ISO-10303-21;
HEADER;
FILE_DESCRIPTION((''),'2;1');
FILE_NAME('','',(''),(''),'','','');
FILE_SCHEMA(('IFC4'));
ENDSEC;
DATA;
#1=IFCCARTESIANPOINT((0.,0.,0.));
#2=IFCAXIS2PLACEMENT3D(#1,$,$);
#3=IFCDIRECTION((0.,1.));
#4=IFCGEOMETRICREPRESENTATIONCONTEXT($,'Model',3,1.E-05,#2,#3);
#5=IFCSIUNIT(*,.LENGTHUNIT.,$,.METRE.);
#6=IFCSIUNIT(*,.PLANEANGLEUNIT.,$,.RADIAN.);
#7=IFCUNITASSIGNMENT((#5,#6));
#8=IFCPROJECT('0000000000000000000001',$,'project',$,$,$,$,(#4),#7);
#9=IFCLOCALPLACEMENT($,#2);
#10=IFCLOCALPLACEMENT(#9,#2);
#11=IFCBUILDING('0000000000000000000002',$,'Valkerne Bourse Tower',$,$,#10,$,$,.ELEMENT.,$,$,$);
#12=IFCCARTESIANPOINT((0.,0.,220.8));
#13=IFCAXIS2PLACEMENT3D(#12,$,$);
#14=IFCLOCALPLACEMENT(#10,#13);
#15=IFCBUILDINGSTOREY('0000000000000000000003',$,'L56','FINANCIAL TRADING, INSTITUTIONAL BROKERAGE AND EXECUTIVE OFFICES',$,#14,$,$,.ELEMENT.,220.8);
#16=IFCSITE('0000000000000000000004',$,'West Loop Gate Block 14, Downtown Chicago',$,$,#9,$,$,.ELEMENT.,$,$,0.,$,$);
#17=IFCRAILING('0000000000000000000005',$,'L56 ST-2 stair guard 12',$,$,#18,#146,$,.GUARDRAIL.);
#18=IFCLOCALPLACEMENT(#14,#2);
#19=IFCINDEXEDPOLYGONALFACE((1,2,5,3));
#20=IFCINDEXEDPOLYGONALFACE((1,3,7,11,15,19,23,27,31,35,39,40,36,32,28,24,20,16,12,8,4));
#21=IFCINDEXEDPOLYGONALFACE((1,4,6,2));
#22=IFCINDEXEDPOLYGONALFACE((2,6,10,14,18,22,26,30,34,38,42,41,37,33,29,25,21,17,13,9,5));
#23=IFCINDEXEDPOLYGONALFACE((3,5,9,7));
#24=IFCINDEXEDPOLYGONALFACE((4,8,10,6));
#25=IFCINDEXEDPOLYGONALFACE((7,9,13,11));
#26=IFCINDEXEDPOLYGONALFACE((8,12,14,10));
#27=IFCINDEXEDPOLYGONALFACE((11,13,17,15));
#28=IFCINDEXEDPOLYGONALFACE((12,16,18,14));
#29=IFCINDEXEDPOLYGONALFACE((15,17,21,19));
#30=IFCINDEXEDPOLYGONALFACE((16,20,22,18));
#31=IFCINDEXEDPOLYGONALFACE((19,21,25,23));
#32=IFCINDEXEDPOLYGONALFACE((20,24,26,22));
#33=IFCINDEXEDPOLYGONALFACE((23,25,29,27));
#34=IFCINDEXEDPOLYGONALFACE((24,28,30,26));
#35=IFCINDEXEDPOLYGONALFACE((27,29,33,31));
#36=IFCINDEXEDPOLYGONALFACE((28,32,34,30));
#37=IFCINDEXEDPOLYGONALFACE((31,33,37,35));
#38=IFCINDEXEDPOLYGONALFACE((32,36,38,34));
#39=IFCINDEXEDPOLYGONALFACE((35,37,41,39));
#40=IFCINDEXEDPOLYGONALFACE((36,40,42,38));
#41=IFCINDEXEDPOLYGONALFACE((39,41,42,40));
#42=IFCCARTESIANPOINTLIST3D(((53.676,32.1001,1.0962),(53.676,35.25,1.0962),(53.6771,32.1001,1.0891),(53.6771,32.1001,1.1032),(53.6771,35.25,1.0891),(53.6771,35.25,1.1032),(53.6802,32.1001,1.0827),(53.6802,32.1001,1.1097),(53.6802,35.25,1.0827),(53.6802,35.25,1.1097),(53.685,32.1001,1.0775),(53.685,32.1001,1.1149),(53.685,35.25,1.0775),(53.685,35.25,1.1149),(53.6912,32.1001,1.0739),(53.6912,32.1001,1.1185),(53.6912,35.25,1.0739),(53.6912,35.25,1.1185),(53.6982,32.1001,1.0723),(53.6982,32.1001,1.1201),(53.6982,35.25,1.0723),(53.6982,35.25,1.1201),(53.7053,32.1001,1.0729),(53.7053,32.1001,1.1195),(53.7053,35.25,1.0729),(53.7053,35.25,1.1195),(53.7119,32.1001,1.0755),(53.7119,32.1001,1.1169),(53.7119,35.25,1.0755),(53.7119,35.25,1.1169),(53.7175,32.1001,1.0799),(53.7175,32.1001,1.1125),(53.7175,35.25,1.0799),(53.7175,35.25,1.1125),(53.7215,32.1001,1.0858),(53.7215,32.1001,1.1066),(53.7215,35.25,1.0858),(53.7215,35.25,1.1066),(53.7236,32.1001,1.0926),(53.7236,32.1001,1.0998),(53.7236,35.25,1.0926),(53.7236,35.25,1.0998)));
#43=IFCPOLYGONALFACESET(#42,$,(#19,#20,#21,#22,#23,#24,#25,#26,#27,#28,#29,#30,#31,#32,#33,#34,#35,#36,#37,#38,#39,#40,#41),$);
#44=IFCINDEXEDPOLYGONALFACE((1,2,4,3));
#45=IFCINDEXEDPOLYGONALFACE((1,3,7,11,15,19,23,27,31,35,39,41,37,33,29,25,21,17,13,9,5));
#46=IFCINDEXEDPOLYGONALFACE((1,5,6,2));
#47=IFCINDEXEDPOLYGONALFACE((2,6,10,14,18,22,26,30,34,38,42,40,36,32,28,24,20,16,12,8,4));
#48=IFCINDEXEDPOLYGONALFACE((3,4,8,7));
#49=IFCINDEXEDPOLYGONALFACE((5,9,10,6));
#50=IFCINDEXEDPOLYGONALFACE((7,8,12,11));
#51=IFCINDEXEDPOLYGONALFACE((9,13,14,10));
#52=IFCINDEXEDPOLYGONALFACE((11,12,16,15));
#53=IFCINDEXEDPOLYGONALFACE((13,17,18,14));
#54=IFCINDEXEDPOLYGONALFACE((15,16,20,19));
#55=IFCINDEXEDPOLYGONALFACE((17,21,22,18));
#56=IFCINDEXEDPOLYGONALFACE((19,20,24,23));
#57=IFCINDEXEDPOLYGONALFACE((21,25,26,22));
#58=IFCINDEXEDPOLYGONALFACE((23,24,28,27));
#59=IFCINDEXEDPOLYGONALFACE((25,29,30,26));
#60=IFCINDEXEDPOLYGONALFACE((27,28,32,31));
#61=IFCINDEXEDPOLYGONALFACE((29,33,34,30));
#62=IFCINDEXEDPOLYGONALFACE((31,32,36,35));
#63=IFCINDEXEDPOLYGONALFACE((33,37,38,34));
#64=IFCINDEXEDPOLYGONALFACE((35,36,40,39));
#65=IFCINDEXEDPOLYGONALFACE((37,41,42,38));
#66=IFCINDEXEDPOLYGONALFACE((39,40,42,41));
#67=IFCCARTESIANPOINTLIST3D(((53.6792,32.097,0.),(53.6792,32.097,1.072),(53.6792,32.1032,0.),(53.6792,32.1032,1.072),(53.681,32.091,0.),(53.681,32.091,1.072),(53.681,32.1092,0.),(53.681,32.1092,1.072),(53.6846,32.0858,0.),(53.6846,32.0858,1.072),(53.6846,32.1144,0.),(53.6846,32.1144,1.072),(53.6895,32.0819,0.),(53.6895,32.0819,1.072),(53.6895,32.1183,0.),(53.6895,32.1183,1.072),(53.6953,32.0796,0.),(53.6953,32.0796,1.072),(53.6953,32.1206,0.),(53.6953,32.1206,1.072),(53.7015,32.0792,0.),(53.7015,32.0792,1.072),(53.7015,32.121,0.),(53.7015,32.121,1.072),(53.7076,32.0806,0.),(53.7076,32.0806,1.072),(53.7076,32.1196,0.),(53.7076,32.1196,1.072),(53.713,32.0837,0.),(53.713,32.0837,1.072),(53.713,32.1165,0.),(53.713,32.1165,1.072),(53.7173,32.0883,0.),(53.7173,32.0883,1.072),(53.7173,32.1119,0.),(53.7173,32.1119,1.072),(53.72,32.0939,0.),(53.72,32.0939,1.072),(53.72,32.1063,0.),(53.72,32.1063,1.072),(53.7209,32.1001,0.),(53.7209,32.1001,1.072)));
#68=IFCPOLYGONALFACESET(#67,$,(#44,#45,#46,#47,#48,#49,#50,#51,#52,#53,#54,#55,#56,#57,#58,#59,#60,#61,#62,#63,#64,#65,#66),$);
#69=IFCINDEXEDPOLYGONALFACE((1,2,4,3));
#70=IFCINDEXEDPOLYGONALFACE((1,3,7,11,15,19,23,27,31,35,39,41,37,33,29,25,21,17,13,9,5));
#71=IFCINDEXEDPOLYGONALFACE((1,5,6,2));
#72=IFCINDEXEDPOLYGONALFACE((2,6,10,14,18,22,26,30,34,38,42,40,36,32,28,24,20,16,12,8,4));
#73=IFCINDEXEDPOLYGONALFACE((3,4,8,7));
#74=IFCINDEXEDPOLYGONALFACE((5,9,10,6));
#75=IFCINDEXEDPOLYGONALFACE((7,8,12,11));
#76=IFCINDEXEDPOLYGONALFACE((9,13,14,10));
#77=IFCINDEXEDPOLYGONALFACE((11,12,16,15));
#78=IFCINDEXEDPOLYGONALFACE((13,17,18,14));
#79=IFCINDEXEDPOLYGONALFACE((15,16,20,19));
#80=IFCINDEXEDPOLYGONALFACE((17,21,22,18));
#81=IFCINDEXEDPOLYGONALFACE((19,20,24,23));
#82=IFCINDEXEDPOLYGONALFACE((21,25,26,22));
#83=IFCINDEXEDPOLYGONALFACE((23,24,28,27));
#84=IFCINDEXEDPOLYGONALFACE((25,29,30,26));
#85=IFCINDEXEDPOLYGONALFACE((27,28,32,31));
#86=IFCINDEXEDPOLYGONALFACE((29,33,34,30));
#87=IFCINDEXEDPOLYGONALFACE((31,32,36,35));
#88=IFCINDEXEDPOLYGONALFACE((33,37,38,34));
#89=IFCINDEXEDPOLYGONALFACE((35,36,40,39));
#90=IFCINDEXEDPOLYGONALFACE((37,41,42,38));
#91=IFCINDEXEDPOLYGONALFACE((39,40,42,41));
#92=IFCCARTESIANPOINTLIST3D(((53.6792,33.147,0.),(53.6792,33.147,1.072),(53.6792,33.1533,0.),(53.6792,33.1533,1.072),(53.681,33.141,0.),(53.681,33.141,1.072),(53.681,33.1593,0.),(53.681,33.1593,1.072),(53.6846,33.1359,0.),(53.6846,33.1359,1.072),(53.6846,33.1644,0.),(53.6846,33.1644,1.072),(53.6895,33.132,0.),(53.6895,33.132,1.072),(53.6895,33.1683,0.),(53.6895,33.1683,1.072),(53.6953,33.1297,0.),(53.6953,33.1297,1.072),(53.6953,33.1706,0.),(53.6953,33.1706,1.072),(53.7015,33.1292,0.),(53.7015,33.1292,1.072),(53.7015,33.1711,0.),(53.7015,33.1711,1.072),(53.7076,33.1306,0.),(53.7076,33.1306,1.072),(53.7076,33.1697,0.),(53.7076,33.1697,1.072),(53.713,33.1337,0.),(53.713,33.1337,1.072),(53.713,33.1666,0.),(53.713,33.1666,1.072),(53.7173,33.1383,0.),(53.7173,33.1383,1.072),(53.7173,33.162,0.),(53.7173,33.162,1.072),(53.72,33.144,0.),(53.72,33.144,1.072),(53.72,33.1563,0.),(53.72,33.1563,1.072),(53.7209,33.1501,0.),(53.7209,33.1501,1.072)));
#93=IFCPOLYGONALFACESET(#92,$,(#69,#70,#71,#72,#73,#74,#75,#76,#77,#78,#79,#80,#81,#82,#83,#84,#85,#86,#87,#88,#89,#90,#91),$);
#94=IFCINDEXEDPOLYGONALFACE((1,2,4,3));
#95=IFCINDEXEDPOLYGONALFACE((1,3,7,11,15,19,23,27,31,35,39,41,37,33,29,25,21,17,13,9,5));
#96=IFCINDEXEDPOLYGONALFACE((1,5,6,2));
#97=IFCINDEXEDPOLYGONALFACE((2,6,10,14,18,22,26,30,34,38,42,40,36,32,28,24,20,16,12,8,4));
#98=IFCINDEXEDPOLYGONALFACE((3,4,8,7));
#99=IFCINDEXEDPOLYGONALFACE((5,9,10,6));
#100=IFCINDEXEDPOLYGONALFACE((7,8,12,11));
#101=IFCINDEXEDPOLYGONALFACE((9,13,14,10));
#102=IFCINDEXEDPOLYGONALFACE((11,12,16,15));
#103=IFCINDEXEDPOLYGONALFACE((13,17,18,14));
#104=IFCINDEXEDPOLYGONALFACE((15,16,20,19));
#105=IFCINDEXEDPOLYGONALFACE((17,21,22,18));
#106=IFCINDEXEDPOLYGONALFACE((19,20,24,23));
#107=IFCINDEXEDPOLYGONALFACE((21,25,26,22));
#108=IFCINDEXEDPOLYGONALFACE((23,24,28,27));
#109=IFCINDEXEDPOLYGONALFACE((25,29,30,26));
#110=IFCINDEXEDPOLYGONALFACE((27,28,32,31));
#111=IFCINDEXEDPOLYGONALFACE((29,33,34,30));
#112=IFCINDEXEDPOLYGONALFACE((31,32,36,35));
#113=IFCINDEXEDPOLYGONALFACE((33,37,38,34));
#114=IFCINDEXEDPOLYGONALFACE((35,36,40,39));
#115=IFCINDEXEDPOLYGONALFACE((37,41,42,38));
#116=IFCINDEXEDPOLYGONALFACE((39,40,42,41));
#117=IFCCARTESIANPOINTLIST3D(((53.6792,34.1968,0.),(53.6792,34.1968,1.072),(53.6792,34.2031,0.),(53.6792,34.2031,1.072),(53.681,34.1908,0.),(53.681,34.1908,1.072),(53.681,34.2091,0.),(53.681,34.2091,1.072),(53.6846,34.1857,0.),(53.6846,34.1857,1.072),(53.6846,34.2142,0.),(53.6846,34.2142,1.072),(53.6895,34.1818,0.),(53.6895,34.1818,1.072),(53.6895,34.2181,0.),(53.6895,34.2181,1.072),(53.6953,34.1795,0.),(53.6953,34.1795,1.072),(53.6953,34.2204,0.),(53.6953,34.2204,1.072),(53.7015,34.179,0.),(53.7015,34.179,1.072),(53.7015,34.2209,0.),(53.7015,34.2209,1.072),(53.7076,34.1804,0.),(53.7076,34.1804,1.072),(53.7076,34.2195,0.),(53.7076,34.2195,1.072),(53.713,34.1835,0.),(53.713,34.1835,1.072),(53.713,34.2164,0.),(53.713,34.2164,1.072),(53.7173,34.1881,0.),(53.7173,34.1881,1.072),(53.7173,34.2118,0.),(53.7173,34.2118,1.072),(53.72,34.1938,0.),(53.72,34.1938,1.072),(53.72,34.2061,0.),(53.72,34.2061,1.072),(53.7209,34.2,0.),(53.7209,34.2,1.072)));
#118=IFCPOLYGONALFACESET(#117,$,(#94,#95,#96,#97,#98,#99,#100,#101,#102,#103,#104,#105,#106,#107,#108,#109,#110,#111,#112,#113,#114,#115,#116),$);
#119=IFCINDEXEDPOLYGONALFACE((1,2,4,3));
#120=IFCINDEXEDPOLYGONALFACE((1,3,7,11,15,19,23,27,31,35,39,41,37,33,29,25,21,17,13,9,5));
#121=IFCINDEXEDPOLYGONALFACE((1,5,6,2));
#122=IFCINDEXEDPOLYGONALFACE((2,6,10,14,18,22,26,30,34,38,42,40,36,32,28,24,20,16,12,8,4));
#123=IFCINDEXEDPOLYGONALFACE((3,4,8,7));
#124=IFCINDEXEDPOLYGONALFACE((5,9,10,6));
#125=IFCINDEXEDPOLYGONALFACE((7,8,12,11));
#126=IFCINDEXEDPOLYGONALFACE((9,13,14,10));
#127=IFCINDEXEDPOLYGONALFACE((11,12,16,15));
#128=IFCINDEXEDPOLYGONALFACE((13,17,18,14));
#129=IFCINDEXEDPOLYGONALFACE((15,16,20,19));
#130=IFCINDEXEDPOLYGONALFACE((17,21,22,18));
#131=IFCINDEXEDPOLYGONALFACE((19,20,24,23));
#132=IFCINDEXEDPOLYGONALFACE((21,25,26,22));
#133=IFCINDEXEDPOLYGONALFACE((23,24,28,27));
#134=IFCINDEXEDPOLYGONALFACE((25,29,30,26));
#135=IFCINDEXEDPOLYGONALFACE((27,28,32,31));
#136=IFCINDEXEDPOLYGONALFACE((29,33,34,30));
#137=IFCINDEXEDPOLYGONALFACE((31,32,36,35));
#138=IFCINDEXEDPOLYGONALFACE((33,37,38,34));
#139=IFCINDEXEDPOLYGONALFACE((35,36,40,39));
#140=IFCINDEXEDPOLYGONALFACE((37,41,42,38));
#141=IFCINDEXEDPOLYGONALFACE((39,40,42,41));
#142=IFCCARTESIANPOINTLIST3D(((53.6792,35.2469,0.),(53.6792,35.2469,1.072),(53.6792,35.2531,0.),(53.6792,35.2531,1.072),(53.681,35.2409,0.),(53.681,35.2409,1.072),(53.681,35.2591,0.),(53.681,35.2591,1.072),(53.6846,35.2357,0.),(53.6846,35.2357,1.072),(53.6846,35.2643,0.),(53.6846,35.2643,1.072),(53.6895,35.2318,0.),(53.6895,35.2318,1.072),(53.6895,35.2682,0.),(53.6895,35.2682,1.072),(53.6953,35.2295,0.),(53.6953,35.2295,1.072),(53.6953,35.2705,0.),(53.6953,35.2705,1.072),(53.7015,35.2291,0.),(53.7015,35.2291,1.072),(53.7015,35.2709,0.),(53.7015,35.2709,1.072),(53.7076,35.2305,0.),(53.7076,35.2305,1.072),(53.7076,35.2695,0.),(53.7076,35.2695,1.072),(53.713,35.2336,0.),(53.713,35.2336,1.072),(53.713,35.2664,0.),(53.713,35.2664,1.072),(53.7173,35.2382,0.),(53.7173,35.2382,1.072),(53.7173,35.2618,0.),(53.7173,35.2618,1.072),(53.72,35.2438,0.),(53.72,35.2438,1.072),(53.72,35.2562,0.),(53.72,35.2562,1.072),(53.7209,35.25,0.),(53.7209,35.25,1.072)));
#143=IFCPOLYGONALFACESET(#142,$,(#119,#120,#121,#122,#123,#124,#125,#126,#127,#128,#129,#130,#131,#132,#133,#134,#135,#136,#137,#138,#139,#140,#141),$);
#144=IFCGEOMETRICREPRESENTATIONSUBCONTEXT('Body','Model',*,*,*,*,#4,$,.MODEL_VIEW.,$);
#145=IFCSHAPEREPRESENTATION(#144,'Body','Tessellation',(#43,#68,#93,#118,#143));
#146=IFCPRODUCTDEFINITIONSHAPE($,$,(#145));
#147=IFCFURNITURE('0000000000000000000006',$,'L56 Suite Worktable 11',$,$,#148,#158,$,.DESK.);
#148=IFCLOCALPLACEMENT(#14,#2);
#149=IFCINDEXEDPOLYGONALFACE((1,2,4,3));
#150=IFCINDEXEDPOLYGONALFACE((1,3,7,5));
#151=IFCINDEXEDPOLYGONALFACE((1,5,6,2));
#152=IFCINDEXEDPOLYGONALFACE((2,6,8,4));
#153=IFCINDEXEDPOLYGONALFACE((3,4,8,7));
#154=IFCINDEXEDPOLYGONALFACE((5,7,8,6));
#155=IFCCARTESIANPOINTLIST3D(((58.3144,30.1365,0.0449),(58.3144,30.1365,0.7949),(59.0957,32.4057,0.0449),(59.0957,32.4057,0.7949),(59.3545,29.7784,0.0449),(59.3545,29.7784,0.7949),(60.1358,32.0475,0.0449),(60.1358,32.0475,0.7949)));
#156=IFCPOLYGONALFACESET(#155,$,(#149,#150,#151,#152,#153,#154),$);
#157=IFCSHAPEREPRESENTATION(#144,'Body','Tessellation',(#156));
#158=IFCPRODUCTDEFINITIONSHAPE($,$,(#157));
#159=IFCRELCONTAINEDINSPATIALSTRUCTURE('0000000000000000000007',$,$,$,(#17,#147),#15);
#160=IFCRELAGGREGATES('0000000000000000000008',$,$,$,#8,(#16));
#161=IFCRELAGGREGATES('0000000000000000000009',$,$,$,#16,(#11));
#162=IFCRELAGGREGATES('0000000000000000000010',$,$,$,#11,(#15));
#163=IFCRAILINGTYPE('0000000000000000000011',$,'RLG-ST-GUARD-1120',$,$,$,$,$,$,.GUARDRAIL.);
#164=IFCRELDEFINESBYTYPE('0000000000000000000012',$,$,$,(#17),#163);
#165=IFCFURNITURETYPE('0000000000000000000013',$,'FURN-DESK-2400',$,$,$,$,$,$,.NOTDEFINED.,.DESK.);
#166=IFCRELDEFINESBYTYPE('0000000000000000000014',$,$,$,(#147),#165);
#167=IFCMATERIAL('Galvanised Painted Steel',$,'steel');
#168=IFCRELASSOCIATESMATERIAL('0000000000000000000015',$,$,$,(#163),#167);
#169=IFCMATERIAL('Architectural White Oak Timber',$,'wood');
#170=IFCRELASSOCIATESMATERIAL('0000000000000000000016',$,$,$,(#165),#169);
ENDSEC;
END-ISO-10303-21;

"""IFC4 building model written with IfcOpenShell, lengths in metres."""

from ifc_helpers import new_model, si_unit, direction, frame, origin, origin_2d, place, context, subcontext, project, spatial, rectangle, circle, extrude, material, type_object, element, save


model = new_model("IFC4")

# Units and contexts
model_context = context("Model", 3, precision=1e-05, world=origin(), true_north=direction((0.0, 1.0)))
body_context = subcontext(model_context, "Body", "Model", "MODEL_VIEW")
ifc_project = project(units=[si_unit("LENGTHUNIT", "METRE"), si_unit("PLANEANGLEUNIT", "RADIAN")], contexts=[model_context])

# Site, building, storey
site_placement = place(None, origin())
site = spatial("IfcSite", under=ifc_project, at=site_placement, Name="West Loop Gate Block 14, Downtown Chicago", CompositionType="ELEMENT", RefElevation=0.0)
building_placement = place(site_placement, origin())
building = spatial("IfcBuilding", under=site, at=building_placement, Name="Valkerne Bourse Tower", CompositionType="ELEMENT")
storey_placement = place(building_placement, frame((0.0, 0.0, 220.8)))
storey = spatial("IfcBuildingStorey", under=building, at=storey_placement, Name="L56", Description="FINANCIAL TRADING, INSTITUTIONAL BROKERAGE AND EXECUTIVE OFFICES", CompositionType="ELEMENT", Elevation=220.8)

# Shared definitions
ifc_material_1 = material(Name="Architectural White Oak Timber", Category="wood")

# Railing
ifc_material_2 = material(Name="Galvanised Painted Steel", Category="steel")
railing_type = type_object("IfcRailingType", Name="RLG-ST-GUARD-1120", PredefinedType="GUARDRAIL", material=ifc_material_2)
railing_1_placement = place(storey_placement, frame((53.7, 32.1001, 0.0)))
element("IfcRailing", 1, at=railing_1_placement, inside=storey, type_object=railing_type, Name="L56 ST-2 stair guard 12", PredefinedType="GUARDRAIL", context=body_context, shape_type="SweptSolid", body=[
    extrude(circle(Radius=0.0239, at=origin_2d()), frame((0.0, 0.0, 1.0962), z_axis=(0.0, 1.0, 0.0), x_axis=(-1.0, 0.0, 0.0)), (0.0, 0.0, 1.0), 3.1499),
    extrude(circle(Radius=0.021, at=origin_2d()), origin(), (0.0, 0.0, 1.0), 1.072),
    extrude(circle(Radius=0.021, at=origin_2d()), frame((0.0, 1.05, 0.0)), (0.0, 0.0, 1.0), 1.072),
    extrude(circle(Radius=0.021, at=origin_2d()), frame((0.0, 2.0999, 0.0)), (0.0, 0.0, 1.0), 1.072),
    extrude(circle(Radius=0.021, at=origin_2d()), frame((0.0, 3.1499, 0.0)), (0.0, 0.0, 1.0), 1.072),
])

# Furniture
furniture_type = type_object("IfcFurnitureType", Name="FURN-DESK-2400", AssemblyPlace="NOTDEFINED", PredefinedType="DESK", material=ifc_material_1)
furniture_placement = place(storey_placement, frame((59.2251, 31.092, 0.0449), z_axis=(0.0, 0.0, 1.0), x_axis=(0.325568, 0.945519, 0.0)))
element("IfcFurniture", 2, at=furniture_placement, inside=storey, type_object=furniture_type, Name="L56 Suite Worktable 11", PredefinedType="DESK", context=body_context, shape_type="SweptSolid", body=[
    extrude(rectangle(XDim=2.3999, YDim=1.1001, at=origin_2d()), origin(), (0.0, 0.0, 1.0), 0.75),
])

save(model, "model.ifc")
